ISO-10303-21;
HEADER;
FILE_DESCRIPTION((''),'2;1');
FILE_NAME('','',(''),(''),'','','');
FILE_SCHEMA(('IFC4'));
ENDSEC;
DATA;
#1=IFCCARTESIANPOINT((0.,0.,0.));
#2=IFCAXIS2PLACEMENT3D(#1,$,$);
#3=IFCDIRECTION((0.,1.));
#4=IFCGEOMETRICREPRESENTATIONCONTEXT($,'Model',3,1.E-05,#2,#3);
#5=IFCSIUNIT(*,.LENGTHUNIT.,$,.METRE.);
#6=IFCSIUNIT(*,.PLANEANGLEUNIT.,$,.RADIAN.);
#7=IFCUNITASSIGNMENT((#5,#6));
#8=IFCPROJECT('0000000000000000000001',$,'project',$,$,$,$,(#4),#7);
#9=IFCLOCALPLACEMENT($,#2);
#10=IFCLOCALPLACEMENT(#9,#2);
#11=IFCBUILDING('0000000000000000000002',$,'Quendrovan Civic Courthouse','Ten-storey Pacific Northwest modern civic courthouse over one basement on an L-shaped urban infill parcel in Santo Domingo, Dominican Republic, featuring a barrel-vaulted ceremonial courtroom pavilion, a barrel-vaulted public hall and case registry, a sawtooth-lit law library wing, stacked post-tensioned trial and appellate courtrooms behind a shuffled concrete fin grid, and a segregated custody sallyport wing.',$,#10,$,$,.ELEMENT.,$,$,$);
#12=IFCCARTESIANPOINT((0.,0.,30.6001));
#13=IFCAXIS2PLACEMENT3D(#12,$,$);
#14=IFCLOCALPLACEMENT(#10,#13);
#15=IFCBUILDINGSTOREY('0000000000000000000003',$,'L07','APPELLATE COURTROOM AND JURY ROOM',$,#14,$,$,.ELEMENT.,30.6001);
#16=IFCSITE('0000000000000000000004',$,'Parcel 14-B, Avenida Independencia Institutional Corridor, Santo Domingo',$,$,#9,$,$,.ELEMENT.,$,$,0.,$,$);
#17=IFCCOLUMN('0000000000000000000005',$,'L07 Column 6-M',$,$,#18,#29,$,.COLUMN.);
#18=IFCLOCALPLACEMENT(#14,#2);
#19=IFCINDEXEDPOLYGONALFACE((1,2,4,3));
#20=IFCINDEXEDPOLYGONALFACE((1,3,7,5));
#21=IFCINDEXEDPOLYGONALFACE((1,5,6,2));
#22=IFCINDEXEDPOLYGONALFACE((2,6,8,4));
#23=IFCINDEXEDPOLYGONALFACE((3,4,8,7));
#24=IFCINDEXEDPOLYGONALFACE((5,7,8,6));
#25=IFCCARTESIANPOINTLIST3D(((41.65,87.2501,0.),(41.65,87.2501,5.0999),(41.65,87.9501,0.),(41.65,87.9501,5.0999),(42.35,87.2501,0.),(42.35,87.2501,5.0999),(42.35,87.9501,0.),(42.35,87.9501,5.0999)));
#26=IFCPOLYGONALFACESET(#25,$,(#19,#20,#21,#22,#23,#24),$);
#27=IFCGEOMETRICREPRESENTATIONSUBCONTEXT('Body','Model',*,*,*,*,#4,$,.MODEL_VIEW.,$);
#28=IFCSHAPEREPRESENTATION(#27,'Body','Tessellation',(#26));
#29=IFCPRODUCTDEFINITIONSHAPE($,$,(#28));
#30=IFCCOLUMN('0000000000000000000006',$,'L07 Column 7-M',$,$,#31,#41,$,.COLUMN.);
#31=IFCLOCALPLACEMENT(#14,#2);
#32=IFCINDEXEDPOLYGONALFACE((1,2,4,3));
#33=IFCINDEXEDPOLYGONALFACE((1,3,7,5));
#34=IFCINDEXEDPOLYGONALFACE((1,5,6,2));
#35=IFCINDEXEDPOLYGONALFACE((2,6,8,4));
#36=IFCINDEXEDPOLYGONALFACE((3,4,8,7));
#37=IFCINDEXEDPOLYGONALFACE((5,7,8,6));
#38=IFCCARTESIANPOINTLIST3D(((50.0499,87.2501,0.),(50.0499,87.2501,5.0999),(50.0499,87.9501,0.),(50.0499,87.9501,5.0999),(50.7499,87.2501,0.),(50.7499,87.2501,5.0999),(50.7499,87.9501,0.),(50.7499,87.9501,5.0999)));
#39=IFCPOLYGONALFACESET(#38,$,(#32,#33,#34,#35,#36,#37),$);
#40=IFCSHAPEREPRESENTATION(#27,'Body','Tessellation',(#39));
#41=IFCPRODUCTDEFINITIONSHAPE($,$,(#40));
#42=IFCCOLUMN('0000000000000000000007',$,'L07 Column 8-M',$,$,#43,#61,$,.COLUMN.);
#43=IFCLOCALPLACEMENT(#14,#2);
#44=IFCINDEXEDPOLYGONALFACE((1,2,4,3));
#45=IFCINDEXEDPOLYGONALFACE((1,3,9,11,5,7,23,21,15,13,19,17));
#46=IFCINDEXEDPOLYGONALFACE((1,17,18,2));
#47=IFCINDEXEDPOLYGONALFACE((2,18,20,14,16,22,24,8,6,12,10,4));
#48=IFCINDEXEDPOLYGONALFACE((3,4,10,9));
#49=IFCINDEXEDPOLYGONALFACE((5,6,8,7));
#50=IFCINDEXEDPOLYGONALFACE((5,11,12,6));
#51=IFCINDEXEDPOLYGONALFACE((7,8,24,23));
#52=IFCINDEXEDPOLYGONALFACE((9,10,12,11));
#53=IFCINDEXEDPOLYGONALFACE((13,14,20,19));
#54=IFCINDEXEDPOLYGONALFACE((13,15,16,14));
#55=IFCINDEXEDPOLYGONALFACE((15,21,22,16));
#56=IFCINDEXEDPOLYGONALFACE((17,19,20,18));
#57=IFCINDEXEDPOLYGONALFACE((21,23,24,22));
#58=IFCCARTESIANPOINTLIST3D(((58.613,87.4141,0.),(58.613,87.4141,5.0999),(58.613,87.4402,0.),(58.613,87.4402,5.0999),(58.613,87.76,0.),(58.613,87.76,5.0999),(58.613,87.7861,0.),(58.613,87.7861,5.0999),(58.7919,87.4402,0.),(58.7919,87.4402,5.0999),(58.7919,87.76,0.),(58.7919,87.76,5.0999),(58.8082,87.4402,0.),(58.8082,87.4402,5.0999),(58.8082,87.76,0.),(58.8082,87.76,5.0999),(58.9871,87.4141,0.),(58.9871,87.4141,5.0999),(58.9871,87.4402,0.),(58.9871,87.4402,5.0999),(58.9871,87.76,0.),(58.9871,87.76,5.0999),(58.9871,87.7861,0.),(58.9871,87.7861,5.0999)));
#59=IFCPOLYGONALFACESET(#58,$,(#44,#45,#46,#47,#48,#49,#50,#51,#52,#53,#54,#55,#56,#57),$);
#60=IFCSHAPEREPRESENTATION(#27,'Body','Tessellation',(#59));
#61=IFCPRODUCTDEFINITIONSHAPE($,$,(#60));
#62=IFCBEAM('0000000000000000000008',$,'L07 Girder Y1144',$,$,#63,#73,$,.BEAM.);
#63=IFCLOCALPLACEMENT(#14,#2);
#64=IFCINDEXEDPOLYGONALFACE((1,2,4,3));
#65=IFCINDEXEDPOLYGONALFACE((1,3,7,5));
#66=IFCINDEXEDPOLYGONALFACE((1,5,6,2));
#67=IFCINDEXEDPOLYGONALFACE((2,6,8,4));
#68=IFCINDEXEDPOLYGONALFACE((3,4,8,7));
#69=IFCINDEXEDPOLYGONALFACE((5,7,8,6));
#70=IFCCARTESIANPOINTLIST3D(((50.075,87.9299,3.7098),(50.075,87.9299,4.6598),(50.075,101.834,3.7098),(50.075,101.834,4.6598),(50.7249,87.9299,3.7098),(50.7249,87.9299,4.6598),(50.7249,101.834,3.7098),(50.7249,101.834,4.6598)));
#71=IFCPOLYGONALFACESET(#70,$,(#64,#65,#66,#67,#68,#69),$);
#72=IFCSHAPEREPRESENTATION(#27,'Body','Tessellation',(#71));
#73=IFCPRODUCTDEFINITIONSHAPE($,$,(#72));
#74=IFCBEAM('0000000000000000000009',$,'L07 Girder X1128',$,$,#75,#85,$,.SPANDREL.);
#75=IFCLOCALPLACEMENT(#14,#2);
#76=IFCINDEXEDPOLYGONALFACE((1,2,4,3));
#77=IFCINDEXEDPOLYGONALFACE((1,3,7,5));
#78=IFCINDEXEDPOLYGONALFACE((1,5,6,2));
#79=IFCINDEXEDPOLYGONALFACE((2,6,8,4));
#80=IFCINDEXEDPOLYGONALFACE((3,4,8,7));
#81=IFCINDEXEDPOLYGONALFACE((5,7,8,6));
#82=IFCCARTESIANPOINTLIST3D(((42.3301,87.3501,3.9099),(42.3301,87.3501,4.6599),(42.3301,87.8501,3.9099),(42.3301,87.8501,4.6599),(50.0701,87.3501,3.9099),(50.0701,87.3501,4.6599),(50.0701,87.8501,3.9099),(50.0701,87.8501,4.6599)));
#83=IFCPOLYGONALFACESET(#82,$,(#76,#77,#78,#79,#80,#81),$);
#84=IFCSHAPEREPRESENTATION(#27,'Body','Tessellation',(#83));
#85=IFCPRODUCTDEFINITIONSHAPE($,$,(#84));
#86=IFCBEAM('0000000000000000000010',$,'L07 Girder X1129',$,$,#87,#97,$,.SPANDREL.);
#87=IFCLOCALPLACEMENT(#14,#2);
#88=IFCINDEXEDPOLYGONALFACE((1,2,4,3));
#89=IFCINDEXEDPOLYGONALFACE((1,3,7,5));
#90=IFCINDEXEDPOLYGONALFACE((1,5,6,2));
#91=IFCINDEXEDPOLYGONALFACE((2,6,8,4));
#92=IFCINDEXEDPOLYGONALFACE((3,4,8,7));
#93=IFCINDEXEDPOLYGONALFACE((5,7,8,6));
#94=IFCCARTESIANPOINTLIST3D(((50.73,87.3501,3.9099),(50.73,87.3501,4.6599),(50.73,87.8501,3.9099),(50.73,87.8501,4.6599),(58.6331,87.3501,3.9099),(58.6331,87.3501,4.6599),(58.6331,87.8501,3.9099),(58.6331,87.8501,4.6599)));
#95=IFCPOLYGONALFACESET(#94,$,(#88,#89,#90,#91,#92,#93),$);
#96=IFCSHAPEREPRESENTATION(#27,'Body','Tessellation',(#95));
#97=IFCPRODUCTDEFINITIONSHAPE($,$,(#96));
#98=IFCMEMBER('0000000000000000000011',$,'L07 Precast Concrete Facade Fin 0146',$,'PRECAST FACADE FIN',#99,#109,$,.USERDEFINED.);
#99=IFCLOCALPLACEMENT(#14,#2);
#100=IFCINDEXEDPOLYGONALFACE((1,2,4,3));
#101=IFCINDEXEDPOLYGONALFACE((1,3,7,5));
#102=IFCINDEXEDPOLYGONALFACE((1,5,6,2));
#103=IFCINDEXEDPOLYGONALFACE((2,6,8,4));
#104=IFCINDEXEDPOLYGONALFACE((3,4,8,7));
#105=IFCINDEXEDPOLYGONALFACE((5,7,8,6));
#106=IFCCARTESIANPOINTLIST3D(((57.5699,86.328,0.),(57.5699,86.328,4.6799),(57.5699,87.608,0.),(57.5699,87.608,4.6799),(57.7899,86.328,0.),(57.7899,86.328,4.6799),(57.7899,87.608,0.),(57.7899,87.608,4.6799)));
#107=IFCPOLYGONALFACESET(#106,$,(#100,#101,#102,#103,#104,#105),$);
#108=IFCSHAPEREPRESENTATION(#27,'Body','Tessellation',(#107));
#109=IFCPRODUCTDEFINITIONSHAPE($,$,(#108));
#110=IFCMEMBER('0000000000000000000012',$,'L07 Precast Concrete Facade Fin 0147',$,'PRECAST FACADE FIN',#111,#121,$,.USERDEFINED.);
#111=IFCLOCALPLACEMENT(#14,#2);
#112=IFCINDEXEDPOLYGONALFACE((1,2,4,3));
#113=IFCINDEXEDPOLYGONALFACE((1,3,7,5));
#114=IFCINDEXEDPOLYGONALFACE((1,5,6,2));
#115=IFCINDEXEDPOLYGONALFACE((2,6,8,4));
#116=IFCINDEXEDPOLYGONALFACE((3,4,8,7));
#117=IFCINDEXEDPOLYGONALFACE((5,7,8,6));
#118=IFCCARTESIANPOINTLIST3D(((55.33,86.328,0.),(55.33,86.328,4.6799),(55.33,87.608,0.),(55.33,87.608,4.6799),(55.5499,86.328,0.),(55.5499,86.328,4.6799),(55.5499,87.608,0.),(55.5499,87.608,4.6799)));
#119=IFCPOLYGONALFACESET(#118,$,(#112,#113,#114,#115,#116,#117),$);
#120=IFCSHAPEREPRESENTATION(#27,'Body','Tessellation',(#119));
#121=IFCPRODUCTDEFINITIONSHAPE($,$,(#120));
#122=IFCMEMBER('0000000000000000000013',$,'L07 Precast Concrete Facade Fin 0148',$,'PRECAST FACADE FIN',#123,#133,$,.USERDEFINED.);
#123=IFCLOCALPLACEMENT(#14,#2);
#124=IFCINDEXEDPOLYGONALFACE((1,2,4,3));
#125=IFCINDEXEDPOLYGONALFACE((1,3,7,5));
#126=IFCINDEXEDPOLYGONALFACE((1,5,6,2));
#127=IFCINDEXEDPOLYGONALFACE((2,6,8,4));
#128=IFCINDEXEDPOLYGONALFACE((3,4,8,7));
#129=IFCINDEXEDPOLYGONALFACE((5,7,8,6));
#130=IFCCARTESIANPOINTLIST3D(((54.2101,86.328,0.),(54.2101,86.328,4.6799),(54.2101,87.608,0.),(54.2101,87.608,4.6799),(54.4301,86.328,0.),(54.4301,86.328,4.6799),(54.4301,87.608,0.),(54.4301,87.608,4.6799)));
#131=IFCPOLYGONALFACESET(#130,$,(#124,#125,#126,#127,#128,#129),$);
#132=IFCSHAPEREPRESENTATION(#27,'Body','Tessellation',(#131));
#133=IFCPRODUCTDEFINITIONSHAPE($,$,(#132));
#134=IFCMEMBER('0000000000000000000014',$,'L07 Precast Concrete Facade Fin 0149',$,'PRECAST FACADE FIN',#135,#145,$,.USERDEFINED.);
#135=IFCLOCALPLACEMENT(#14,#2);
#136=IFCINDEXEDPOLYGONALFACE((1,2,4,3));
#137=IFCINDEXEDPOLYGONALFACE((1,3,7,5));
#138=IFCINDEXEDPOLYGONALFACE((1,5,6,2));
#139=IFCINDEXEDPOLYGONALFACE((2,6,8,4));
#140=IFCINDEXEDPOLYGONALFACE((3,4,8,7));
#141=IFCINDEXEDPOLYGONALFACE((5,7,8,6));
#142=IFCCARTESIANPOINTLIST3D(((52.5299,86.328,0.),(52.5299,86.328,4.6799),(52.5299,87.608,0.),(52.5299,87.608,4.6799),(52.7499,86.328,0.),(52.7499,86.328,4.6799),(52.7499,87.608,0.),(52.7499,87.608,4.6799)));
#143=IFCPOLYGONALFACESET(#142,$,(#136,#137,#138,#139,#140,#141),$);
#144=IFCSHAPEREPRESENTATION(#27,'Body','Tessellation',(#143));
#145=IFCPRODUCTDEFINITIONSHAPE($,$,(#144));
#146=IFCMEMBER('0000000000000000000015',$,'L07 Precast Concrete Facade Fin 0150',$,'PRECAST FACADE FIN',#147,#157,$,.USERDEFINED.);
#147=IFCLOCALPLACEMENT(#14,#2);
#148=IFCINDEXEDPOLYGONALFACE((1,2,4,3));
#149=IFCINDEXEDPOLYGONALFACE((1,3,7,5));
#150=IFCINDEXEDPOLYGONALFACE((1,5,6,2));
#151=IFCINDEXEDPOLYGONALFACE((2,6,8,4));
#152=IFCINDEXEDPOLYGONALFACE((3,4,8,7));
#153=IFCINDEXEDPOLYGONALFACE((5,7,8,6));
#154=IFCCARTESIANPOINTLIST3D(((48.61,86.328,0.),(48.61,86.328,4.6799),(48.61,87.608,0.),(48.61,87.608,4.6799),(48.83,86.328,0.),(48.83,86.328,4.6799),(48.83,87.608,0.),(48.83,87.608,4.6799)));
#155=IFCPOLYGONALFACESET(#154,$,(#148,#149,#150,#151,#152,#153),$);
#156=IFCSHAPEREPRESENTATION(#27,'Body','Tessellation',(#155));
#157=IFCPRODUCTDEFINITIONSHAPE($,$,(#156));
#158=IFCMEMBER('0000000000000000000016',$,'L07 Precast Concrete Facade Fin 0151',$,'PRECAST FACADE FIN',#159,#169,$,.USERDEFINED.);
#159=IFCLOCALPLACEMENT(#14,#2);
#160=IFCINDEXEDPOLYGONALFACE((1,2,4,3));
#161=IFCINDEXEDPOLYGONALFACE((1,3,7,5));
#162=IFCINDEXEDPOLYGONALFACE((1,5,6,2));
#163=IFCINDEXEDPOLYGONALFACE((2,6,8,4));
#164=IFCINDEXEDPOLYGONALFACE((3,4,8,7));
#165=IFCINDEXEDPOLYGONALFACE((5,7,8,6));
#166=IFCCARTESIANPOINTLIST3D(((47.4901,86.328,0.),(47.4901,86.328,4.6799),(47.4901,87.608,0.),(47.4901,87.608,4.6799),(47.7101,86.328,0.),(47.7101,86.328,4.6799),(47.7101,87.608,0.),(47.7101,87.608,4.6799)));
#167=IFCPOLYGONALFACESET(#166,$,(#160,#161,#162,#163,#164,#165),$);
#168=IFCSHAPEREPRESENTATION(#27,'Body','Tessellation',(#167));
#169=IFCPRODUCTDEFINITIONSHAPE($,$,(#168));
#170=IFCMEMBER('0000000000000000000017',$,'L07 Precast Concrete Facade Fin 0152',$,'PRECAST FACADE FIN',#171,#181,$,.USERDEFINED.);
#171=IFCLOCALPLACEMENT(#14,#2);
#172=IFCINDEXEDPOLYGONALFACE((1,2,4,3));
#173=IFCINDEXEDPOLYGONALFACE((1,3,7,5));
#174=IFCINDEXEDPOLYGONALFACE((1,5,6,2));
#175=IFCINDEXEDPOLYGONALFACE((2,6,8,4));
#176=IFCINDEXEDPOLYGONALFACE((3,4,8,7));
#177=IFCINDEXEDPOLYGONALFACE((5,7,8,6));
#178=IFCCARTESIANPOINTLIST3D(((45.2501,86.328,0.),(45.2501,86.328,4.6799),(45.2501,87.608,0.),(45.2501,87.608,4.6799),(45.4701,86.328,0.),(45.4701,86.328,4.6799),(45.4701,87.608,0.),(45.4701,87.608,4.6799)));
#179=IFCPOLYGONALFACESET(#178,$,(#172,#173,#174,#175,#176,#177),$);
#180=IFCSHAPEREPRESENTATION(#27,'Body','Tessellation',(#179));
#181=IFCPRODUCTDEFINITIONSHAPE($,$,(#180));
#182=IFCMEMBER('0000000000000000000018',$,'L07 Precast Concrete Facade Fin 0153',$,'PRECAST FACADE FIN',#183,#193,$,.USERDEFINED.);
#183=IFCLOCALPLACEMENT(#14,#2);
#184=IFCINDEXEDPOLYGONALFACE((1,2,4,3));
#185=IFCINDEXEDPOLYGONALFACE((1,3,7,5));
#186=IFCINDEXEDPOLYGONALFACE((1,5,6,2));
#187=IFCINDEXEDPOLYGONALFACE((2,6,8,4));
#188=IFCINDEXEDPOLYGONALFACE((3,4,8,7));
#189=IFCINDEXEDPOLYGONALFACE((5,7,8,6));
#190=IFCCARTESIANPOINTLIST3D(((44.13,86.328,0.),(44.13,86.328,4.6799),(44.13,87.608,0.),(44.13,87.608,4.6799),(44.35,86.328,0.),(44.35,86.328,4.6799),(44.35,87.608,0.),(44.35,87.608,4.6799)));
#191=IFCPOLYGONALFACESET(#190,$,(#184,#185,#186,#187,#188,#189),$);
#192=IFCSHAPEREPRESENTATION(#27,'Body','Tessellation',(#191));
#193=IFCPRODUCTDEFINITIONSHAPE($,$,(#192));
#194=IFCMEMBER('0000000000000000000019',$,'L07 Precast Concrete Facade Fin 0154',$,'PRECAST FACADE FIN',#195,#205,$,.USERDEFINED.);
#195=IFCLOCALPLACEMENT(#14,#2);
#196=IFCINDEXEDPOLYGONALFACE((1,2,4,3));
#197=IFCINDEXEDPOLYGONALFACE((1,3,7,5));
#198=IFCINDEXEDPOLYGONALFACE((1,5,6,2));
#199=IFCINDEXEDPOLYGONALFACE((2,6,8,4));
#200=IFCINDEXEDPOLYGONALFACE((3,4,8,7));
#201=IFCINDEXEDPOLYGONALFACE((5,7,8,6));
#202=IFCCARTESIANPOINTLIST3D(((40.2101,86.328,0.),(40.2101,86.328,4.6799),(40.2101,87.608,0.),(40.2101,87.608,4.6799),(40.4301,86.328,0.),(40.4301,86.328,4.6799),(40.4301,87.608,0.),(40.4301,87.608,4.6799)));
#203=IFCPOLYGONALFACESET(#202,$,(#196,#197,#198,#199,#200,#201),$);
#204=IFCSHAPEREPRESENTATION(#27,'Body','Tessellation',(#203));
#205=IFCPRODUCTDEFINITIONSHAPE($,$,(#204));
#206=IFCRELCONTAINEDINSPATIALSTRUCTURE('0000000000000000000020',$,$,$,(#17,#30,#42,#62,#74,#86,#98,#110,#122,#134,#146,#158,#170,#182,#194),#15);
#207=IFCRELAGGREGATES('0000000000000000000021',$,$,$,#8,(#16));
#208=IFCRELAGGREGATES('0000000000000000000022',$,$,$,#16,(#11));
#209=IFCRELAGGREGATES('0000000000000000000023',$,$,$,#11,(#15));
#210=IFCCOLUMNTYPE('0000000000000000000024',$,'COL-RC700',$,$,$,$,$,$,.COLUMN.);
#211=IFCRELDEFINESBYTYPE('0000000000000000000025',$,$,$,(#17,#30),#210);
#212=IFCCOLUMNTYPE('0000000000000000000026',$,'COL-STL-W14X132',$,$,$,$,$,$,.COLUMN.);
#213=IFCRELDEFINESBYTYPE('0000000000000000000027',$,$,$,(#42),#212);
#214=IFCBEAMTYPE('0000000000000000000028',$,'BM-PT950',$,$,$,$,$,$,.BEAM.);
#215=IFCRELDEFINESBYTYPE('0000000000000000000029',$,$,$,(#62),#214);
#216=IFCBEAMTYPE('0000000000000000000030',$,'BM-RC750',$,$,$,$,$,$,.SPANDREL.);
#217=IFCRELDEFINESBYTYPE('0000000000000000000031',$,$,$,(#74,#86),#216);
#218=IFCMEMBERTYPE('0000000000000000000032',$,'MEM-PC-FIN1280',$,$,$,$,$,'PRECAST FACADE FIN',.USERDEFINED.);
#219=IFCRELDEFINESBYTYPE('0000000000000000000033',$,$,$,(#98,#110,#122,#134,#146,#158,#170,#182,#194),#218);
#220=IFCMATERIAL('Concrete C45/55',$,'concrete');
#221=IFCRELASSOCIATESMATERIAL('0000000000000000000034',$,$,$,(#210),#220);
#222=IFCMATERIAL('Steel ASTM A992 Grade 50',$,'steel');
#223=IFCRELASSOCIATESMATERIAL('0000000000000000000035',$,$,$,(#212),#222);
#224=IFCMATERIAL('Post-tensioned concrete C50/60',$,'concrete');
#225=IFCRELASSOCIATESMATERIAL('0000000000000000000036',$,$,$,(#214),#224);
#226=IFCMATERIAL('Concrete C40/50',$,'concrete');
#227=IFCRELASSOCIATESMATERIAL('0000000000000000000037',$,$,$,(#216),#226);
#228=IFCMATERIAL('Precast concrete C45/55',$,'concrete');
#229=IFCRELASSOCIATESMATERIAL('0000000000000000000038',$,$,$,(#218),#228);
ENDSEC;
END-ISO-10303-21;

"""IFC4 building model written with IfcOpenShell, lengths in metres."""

from ifc_helpers import new_model, si_unit, direction, frame, origin, origin_2d, place, context, subcontext, project, spatial, rectangle, i_section, extrude, material, material_profile, profile_set, type_object, element, save


model = new_model("IFC4")

# Units and contexts
model_context = context("Model", 3, precision=1e-05, world=origin(), true_north=direction((0.0, 1.0)))
body_context = subcontext(model_context, "Body", "Model", "MODEL_VIEW")
ifc_project = project(units=[si_unit("LENGTHUNIT", "METRE"), si_unit("PLANEANGLEUNIT", "RADIAN")], contexts=[model_context])

# Site, building, storey
site_placement = place(None, origin())
site = spatial("IfcSite", under=ifc_project, at=site_placement, Name="Parcel 14-B, Avenida Independencia Institutional Corridor, Santo Domingo", CompositionType="ELEMENT", RefElevation=0.0)
building_placement = place(site_placement, origin())
building = spatial("IfcBuilding", under=site, at=building_placement, Name="Quendrovan Civic Courthouse", Description="Ten-storey Pacific Northwest modern civic courthouse over one basement on an L-shaped urban infill parcel in Santo Domingo, Dominican Republic, featuring a barrel-vaulted ceremonial courtroom pavilion, a barrel-vaulted public hall and case registry, a sawtooth-lit law library wing, stacked post-tensioned trial and appellate courtrooms behind a shuffled concrete fin grid, and a segregated custody sallyport wing.", CompositionType="ELEMENT")
storey_placement = place(building_placement, frame((0.0, 0.0, 30.6001)))
storey = spatial("IfcBuildingStorey", under=building, at=storey_placement, Name="L07", Description="APPELLATE COURTROOM AND JURY ROOM", CompositionType="ELEMENT", Elevation=30.6001)

# Columns
ifc_material_1 = material(Name="Concrete C45/55", Category="concrete")
ifc_material_profile_1 = material_profile(ifc_material_1, rectangle(XDim=0.7, YDim=0.7, at=origin_2d()), Name="RC-COL-700x700")
ifc_profile_set_1 = profile_set([ifc_material_profile_1], Name="Concrete C45/55")
column_type_1 = type_object("IfcColumnType", Name="COL-RC700", PredefinedType="COLUMN", material=ifc_profile_set_1)
for number, where, z_axis, x_axis, name in (
    (1, (42.0, 87.6001, 0.0), (0.0, 0.0, 1.0), (1.0, 0.0, 0.0), "L07 Column 6-M"),
    (2, (50.3999, 87.6001, 0.0), (0.0, 0.0, 1.0), (1.0, 0.0, 0.0), "L07 Column 7-M"),
):
    element("IfcColumn", number, at=place(storey_placement, frame(where, z_axis=z_axis, x_axis=x_axis)), inside=storey, type_object=column_type_1, Name=name, PredefinedType="COLUMN", context=body_context, shape_type="SweptSolid", body=[
        extrude(rectangle(XDim=0.7, YDim=0.7, at=origin_2d()), origin(), (0.0, 0.0, 1.0), 5.0999),
    ])
ifc_material_2 = material(Name="Steel ASTM A992 Grade 50", Category="steel")
ifc_material_profile_2 = material_profile(ifc_material_2, i_section(OverallWidth=0.374, OverallDepth=0.3721, WebThickness=0.0164, FlangeThickness=0.0261, at=origin_2d()), Name="W14X132")
ifc_profile_set_2 = profile_set([ifc_material_profile_2], Name="Steel ASTM A992 Grade 50")
column_type_2 = type_object("IfcColumnType", Name="COL-STL-W14X132", PredefinedType="COLUMN", material=ifc_profile_set_2)
column_placement = place(storey_placement, frame((58.8, 87.6001, 0.0), z_axis=(0.0, 0.0, 1.0), x_axis=(1.0, 0.0, 0.0)))
element("IfcColumn", 3, at=column_placement, inside=storey, type_object=column_type_2, Name="L07 Column 8-M", PredefinedType="COLUMN", context=body_context, shape_type="SweptSolid", body=[
    extrude(i_section(OverallWidth=0.374, OverallDepth=0.3721, WebThickness=0.0164, FlangeThickness=0.0261, at=origin_2d()), origin(), (0.0, 0.0, 1.0), 5.0999),
])

# Beams
ifc_material_3 = material(Name="Post-tensioned concrete C50/60", Category="concrete")
ifc_material_profile_3 = material_profile(ifc_material_3, rectangle(XDim=0.6499, YDim=0.95, at=origin_2d()), Name="PT-GIRD-650x950")
ifc_profile_set_3 = profile_set([ifc_material_profile_3], Name="Post-tensioned concrete C50/60")
beam_type_1 = type_object("IfcBeamType", Name="BM-PT950", PredefinedType="BEAM", material=ifc_profile_set_3)
beam_1_placement = place(storey_placement, frame((50.3999, 87.9299, 4.1848), z_axis=(0.0, 1.0, 0.0), x_axis=(-1.0, 0.0, 0.0)))
element("IfcBeam", 4, at=beam_1_placement, inside=storey, type_object=beam_type_1, Name="L07 Girder Y1144", PredefinedType="BEAM", context=body_context, shape_type="SweptSolid", body=[
    extrude(rectangle(XDim=0.6499, YDim=0.95, at=origin_2d()), origin(), (0.0, 0.0, 1.0), 13.9041),
])
ifc_material_4 = material(Name="Concrete C40/50", Category="concrete")
ifc_material_profile_4 = material_profile(ifc_material_4, rectangle(XDim=0.5, YDim=0.75, at=origin_2d()), Name="RC-BM-500x750")
ifc_profile_set_4 = profile_set([ifc_material_profile_4], Name="Concrete C40/50")
beam_type_2 = type_object("IfcBeamType", Name="BM-RC750", PredefinedType="SPANDREL", material=ifc_profile_set_4)
beam_2_placement = place(storey_placement, frame((42.3301, 87.6001, 4.2849), z_axis=(1.0, 0.0, 0.0), x_axis=(0.0, 1.0, 0.0)))
element("IfcBeam", 5, at=beam_2_placement, inside=storey, type_object=beam_type_2, Name="L07 Girder X1128", PredefinedType="SPANDREL", context=body_context, shape_type="SweptSolid", body=[
    extrude(rectangle(XDim=0.5, YDim=0.75, at=origin_2d()), origin(), (0.0, 0.0, 1.0), 7.74),
])
beam_3_placement = place(storey_placement, frame((50.73, 87.6001, 4.2849), z_axis=(1.0, 0.0, 0.0), x_axis=(0.0, 1.0, 0.0)))
element("IfcBeam", 6, at=beam_3_placement, inside=storey, type_object=beam_type_2, Name="L07 Girder X1129", PredefinedType="SPANDREL", context=body_context, shape_type="SweptSolid", body=[
    extrude(rectangle(XDim=0.5, YDim=0.75, at=origin_2d()), origin(), (0.0, 0.0, 1.0), 7.9031),
])

# Members
ifc_material_5 = material(Name="Precast concrete C45/55", Category="concrete")
ifc_material_profile_5 = material_profile(ifc_material_5, rectangle(XDim=0.22, YDim=1.28, at=origin_2d()), Name="PC-FIN-220x1280")
ifc_profile_set_5 = profile_set([ifc_material_profile_5], Name="Precast concrete C45/55")
member_type = type_object("IfcMemberType", Name="MEM-PC-FIN1280", ElementType="PRECAST FACADE FIN", PredefinedType="USERDEFINED", material=ifc_profile_set_5)
for number, where, z_axis, x_axis, name in (
    (7, (57.6799, 86.968, 0.0), (0.0, 0.0, 1.0), (-1.0, 0.0, 0.0), "L07 Precast Concrete Facade Fin 0146"),
    (8, (55.4399, 86.968, 0.0), (0.0, 0.0, 1.0), (-1.0, 0.0, 0.0), "L07 Precast Concrete Facade Fin 0147"),
    (9, (54.3201, 86.968, 0.0), (0.0, 0.0, 1.0), (-1.0, 0.0, 0.0), "L07 Precast Concrete Facade Fin 0148"),
    (10, (52.6399, 86.968, 0.0), (0.0, 0.0, 1.0), (-1.0, 0.0, 0.0), "L07 Precast Concrete Facade Fin 0149"),
    (11, (48.72, 86.968, 0.0), (0.0, 0.0, 1.0), (-1.0, 0.0, 0.0), "L07 Precast Concrete Facade Fin 0150"),
    (12, (47.6001, 86.968, 0.0), (0.0, 0.0, 1.0), (-1.0, 0.0, 0.0), "L07 Precast Concrete Facade Fin 0151"),
    (13, (45.3601, 86.968, 0.0), (0.0, 0.0, 1.0), (-1.0, 0.0, 0.0), "L07 Precast Concrete Facade Fin 0152"),
    (14, (44.24, 86.968, 0.0), (0.0, 0.0, 1.0), (-1.0, 0.0, 0.0), "L07 Precast Concrete Facade Fin 0153"),
    (15, (40.3201, 86.968, 0.0), (0.0, 0.0, 1.0), (-1.0, 0.0, 0.0), "L07 Precast Concrete Facade Fin 0154"),
):
    element("IfcMember", number, at=place(storey_placement, frame(where, z_axis=z_axis, x_axis=x_axis)), inside=storey, type_object=member_type, Name=name, ObjectType="PRECAST FACADE FIN", PredefinedType="USERDEFINED", context=body_context, shape_type="SweptSolid", body=[
        extrude(rectangle(XDim=0.22, YDim=1.28, at=origin_2d()), origin(), (0.0, 0.0, 1.0), 4.6799),
    ])

save(model, "model.ifc")
